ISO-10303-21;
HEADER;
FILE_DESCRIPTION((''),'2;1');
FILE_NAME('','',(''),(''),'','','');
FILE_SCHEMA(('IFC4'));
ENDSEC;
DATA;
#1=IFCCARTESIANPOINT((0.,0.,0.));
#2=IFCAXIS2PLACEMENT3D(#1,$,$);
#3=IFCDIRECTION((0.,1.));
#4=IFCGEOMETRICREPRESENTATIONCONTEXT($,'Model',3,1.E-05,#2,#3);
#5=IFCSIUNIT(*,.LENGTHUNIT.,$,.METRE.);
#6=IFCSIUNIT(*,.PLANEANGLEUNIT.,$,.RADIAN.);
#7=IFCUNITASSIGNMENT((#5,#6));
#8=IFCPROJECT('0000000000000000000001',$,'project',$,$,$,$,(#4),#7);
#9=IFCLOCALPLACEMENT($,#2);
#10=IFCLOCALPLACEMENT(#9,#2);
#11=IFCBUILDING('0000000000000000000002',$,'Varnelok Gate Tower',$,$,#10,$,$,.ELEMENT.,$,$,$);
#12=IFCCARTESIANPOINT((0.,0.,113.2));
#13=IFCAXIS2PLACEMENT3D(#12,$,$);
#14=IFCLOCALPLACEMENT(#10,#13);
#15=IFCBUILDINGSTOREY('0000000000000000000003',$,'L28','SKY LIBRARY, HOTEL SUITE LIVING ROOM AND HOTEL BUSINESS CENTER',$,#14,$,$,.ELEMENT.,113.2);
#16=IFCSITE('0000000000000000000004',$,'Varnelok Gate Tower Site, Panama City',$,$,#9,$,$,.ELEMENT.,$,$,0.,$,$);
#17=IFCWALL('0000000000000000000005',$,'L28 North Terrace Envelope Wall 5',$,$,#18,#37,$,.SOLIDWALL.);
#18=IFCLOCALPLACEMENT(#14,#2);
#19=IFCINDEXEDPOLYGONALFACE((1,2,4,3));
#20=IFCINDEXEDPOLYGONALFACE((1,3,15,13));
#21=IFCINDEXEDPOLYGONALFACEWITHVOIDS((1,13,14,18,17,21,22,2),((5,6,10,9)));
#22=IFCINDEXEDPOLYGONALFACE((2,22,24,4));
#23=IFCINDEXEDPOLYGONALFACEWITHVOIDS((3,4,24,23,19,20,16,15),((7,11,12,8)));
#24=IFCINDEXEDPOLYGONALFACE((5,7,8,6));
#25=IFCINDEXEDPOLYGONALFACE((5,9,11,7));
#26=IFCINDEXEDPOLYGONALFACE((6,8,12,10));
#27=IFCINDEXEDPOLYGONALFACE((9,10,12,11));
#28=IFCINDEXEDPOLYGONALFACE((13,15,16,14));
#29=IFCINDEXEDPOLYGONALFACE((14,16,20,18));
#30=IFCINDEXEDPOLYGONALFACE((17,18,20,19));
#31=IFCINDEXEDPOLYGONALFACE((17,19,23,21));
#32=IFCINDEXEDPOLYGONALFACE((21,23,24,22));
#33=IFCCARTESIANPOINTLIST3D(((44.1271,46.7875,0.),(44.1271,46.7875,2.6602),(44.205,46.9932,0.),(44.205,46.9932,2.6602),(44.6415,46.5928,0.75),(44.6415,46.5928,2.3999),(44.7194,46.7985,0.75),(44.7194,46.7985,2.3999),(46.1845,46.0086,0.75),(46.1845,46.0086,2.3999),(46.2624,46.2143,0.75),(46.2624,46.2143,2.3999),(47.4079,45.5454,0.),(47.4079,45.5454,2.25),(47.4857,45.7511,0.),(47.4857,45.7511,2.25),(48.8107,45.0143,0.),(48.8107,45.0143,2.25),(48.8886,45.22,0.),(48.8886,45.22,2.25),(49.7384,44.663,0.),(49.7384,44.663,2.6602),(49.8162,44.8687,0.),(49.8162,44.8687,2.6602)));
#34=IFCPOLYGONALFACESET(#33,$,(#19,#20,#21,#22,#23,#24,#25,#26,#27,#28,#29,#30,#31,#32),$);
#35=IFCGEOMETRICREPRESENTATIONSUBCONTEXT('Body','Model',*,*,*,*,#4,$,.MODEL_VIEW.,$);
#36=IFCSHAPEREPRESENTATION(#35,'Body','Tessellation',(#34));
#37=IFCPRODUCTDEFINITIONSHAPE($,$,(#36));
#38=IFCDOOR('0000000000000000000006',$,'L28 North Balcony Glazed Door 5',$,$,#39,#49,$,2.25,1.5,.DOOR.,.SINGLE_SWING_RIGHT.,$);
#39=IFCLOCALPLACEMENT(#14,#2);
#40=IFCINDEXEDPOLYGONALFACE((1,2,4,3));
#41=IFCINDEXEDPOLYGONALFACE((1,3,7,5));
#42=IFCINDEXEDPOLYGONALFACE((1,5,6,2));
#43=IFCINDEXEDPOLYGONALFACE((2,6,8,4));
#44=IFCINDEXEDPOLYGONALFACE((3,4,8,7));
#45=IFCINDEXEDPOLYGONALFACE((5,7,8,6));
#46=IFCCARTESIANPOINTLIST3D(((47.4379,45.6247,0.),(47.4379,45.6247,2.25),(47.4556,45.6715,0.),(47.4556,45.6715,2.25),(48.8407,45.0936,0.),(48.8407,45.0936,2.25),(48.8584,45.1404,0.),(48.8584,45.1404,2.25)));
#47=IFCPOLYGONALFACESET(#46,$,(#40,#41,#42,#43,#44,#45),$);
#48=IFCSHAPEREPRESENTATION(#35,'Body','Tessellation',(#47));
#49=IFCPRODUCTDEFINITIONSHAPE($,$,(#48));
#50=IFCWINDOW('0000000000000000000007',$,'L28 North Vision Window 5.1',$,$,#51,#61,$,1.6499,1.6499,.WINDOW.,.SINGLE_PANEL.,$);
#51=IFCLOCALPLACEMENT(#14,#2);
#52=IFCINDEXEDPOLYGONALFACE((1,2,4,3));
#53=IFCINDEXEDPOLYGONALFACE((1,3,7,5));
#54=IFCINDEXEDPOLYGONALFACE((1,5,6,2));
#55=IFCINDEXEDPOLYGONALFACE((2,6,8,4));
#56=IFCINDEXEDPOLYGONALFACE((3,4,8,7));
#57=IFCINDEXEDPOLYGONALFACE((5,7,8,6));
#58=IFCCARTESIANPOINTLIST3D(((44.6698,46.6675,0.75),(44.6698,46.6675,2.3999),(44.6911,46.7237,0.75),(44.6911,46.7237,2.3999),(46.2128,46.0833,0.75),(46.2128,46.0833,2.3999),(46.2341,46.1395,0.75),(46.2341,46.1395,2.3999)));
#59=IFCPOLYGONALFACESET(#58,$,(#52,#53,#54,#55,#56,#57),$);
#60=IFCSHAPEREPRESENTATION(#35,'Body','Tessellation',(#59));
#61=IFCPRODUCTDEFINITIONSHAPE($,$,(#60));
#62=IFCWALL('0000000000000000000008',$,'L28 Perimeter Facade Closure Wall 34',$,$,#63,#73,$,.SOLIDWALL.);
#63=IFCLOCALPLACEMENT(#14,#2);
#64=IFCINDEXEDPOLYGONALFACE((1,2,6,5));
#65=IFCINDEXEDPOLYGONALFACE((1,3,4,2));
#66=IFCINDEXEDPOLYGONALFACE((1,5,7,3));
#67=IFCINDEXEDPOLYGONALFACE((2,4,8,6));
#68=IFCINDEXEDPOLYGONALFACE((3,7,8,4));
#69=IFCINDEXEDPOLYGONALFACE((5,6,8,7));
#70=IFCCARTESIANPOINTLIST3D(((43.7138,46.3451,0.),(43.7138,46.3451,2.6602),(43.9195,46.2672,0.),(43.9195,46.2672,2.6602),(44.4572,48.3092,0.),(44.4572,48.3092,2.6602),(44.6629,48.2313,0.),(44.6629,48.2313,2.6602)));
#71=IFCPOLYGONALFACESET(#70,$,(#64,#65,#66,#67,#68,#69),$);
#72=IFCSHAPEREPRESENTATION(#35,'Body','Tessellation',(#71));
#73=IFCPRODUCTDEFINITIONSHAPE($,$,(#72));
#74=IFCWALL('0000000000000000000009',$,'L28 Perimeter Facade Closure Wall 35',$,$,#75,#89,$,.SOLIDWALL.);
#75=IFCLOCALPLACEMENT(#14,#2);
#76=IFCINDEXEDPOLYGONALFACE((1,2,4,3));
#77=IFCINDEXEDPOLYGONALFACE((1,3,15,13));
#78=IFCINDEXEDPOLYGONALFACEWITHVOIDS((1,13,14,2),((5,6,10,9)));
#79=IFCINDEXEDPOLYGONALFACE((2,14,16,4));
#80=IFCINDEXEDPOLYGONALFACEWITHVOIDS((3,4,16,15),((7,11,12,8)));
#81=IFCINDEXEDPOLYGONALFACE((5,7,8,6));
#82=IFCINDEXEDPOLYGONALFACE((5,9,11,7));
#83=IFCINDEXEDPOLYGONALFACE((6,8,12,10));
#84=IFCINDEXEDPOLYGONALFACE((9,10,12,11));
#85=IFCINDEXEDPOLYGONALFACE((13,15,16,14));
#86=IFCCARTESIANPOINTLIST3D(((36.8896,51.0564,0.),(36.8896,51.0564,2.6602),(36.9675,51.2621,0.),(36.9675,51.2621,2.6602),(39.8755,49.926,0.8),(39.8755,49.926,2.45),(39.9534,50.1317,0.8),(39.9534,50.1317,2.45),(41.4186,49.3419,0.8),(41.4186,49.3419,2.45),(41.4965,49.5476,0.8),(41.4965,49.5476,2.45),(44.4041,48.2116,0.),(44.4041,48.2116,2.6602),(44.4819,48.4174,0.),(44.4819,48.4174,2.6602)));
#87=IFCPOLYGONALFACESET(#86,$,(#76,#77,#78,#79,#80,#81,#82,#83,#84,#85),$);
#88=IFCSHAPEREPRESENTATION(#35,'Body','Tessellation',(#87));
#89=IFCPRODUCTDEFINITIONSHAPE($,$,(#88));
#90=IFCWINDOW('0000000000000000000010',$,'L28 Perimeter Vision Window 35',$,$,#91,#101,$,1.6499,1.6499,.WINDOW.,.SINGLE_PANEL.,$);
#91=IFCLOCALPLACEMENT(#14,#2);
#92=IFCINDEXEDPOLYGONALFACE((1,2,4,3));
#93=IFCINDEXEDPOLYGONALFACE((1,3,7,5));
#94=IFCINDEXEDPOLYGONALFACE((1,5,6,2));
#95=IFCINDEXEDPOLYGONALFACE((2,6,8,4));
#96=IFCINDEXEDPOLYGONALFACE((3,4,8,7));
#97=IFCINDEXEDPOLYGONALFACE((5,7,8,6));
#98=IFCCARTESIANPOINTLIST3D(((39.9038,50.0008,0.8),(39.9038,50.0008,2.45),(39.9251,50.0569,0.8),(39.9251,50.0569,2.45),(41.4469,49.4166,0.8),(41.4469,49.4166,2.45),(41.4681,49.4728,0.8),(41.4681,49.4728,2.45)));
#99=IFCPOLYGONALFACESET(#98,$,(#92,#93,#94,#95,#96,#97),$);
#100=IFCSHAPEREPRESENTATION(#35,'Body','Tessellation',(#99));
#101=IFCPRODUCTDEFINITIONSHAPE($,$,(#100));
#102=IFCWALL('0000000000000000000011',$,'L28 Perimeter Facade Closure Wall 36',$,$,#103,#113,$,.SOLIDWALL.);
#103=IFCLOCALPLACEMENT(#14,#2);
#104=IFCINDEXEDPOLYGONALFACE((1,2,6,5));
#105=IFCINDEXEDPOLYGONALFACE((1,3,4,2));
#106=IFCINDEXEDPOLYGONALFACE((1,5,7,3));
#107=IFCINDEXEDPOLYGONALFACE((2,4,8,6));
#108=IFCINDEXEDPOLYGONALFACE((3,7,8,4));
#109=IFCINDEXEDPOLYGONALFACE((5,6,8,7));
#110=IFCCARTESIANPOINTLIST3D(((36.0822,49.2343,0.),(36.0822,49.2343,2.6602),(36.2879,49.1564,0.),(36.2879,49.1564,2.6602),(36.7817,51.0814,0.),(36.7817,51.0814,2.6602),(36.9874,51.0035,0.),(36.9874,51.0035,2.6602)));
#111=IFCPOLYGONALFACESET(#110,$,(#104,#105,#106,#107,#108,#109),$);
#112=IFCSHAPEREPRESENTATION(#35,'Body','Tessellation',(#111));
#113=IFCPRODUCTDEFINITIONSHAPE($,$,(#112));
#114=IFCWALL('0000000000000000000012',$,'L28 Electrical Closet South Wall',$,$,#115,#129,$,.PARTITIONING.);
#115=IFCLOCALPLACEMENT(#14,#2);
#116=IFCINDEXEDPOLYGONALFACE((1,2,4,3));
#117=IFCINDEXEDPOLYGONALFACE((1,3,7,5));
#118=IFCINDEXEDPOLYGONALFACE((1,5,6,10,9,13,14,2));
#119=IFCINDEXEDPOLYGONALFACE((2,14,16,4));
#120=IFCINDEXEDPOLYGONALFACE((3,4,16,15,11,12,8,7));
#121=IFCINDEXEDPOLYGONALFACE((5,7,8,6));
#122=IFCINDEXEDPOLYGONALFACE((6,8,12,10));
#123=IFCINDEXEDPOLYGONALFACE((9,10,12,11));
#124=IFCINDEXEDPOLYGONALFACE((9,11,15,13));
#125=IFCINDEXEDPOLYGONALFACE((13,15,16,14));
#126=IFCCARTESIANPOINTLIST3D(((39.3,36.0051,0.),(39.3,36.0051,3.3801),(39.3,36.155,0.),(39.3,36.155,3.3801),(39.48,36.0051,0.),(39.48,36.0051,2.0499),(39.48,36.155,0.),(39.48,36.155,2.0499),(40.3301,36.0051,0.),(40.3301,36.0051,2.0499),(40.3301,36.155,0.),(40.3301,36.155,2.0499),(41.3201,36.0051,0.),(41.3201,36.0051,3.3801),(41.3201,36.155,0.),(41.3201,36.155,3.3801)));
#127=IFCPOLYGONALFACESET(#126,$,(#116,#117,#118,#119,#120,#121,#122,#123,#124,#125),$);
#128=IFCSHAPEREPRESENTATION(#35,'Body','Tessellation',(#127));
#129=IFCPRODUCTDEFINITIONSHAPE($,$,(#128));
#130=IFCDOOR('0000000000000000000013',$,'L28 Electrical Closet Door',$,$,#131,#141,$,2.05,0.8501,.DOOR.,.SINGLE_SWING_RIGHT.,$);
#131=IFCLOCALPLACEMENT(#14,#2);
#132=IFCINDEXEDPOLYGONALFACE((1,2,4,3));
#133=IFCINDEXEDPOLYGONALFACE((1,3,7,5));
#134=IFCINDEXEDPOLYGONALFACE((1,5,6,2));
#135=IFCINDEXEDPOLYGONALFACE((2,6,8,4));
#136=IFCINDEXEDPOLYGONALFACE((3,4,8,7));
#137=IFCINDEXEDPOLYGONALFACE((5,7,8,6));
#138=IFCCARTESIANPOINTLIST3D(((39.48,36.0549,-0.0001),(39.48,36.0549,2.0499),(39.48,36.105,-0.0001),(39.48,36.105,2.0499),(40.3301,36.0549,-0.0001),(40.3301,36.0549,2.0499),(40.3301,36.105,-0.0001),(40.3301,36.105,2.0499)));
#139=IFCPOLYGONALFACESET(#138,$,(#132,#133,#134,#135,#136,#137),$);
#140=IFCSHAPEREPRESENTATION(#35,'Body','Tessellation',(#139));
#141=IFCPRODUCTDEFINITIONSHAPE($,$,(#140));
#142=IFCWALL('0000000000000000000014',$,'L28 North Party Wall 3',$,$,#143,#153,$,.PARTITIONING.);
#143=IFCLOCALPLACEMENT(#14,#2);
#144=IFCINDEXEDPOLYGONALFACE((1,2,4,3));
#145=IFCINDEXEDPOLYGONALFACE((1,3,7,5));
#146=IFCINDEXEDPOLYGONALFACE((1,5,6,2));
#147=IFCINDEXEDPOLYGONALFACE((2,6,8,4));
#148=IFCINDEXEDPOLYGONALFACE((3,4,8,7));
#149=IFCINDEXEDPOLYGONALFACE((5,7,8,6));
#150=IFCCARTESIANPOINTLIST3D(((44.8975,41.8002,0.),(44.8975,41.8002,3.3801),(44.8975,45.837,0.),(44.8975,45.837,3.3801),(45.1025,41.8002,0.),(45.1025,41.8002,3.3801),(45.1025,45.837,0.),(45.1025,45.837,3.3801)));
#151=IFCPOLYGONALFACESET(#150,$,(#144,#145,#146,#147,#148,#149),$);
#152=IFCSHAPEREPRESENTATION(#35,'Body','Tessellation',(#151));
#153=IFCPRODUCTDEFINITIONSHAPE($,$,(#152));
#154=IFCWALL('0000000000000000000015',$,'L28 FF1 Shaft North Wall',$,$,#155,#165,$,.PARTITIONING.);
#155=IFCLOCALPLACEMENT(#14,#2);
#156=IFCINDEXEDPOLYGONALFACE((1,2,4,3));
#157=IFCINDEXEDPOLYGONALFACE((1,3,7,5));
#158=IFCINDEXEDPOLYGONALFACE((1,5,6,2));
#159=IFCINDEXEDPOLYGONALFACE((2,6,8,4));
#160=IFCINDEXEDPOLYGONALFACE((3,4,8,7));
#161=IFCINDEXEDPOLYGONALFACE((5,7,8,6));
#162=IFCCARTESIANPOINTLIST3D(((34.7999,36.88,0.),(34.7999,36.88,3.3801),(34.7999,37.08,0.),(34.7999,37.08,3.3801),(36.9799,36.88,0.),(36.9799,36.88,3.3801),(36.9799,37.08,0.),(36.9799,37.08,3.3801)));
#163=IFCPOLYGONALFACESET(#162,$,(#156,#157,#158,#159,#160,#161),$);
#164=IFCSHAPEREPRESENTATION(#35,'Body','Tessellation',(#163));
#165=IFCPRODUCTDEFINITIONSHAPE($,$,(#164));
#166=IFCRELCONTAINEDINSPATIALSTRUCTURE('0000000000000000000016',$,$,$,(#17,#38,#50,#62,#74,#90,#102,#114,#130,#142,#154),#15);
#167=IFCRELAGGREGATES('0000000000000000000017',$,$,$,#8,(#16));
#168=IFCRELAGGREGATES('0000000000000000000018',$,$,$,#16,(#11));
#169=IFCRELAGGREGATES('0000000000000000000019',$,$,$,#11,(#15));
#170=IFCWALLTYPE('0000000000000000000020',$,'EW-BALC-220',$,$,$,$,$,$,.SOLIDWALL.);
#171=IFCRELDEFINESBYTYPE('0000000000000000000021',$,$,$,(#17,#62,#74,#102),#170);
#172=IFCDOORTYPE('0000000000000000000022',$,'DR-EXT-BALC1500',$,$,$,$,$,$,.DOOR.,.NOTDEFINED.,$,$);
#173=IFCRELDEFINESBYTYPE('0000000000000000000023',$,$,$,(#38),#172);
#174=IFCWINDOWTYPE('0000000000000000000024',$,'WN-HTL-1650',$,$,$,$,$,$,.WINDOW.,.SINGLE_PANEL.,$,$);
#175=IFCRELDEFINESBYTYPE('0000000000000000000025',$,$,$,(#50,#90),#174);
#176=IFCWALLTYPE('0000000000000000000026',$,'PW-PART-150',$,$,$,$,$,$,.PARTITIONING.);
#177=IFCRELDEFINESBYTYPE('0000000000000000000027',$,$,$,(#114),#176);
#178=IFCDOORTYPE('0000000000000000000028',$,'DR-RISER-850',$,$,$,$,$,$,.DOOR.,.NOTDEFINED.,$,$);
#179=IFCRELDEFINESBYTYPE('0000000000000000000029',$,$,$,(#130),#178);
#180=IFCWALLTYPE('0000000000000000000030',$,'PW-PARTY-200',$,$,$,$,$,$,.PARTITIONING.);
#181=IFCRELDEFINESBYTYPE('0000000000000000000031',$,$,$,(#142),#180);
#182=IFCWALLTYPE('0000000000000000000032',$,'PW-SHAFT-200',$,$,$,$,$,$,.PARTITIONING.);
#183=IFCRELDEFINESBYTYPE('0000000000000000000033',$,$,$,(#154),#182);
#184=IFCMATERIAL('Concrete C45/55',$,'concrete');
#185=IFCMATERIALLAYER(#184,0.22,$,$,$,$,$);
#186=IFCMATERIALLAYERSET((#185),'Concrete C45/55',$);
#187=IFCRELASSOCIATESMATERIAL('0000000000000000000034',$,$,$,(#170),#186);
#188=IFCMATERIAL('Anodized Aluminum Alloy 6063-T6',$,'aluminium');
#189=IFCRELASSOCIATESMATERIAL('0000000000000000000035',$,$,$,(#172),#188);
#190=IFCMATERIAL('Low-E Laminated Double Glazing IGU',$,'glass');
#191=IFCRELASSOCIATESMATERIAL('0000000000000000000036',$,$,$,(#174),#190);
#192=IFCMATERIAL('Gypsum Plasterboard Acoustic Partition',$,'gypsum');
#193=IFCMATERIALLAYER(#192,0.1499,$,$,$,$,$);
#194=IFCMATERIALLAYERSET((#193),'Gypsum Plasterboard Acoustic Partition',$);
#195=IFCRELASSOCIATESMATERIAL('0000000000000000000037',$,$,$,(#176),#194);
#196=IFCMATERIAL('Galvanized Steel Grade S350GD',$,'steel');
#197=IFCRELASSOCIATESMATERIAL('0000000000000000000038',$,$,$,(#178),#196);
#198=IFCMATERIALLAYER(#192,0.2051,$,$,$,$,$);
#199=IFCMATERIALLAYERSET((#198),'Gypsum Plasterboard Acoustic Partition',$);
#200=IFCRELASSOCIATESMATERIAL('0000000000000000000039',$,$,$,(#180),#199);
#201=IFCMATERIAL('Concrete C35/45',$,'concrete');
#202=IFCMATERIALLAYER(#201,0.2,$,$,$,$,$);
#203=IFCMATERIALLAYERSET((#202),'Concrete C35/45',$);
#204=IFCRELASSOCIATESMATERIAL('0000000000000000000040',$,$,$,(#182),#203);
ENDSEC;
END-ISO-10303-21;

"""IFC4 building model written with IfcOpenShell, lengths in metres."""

from ifc_helpers import new_model, si_unit, direction, frame, frame_2d, origin, place, context, subcontext, project, spatial, rectangle, extrude, material, layer, layer_set, type_object, element, fill, save


model = new_model("IFC4")

# Units and contexts
model_context = context("Model", 3, precision=1e-05, world=origin(), true_north=direction((0.0, 1.0)))
body_context = subcontext(model_context, "Body", "Model", "MODEL_VIEW")
ifc_project = project(units=[si_unit("LENGTHUNIT", "METRE"), si_unit("PLANEANGLEUNIT", "RADIAN")], contexts=[model_context])

# Site, building, storey
site_placement = place(None, origin())
site = spatial("IfcSite", under=ifc_project, at=site_placement, Name="Varnelok Gate Tower Site, Panama City", CompositionType="ELEMENT", RefElevation=0.0)
building_placement = place(site_placement, origin())
building = spatial("IfcBuilding", under=site, at=building_placement, Name="Varnelok Gate Tower", CompositionType="ELEMENT")
storey_placement = place(building_placement, frame((0.0, 0.0, 113.2)))
storey = spatial("IfcBuildingStorey", under=building, at=storey_placement, Name="L28", Description="SKY LIBRARY, HOTEL SUITE LIVING ROOM AND HOTEL BUSINESS CENTER", CompositionType="ELEMENT", Elevation=113.2)

# Wall, openings, door, window
ifc_material_1 = material(Name="Concrete C45/55", Category="concrete")
ifc_layer_1 = layer(ifc_material_1, 0.22)
ifc_layer_set_1 = layer_set([ifc_layer_1], Name="Concrete C45/55")
wall_type_1 = type_object("IfcWallType", Name="EW-BALC-220", PredefinedType="SOLIDWALL", material=ifc_layer_set_1)
wall_1_placement = place(storey_placement, frame((44.166, 46.8904, 0.0), z_axis=(0.0, 0.0, 1.0), x_axis=(0.935214, -0.354083, 0.0)))
wall_1 = element("IfcWall", 1, at=wall_1_placement, inside=storey, type_object=wall_type_1, Name="L28 North Terrace Envelope Wall 5", PredefinedType="SOLIDWALL", context=body_context, shape_type="SweptSolid", body=[
    extrude(rectangle(XDim=6.0, YDim=0.22, at=frame_2d((3.0, 0.0))), origin(), (0.0, 0.0, 1.0), 2.6602),
])
opening_1_placement = place(wall_1_placement, frame((3.5081, 0.0, 0.0)))
opening_1 = element("IfcOpeningElement", 2, at=opening_1_placement, cuts=wall_1, PredefinedType="OPENING", context=body_context, shape_type="SweptSolid", body=[
    extrude(rectangle(XDim=1.5, YDim=2.25, at=frame_2d((0.75, 1.125))), frame((0.0, 0.1199, 0.0), z_axis=(0.0, -1.0, 0.0), x_axis=(1.0, 0.0, 0.0)), (0.0, 0.0, 1.0), 0.24),
])
opening_2_placement = place(wall_1_placement, frame((0.55, 0.0, 0.75)))
opening_2 = element("IfcOpeningElement", 3, at=opening_2_placement, cuts=wall_1, PredefinedType="OPENING", context=body_context, shape_type="SweptSolid", body=[
    extrude(rectangle(XDim=1.6499, YDim=1.6499, at=frame_2d((0.825, 0.825))), frame((0.0, 0.1199, 0.0), z_axis=(0.0, -1.0, 0.0), x_axis=(1.0, 0.0, 0.0)), (0.0, 0.0, 1.0), 0.24),
])
ifc_material_2 = material(Name="Anodized Aluminum Alloy 6063-T6", Category="aluminium")
door_type_1 = type_object("IfcDoorType", Name="DR-EXT-BALC1500", OperationType="NOTDEFINED", PredefinedType="DOOR", material=ifc_material_2)
door_1_placement = place(opening_1_placement, origin())
door_1 = element("IfcDoor", 4, at=door_1_placement, inside=storey, type_object=door_type_1, Name="L28 North Balcony Glazed Door 5", OperationType="SINGLE_SWING_RIGHT", OverallHeight=2.25, OverallWidth=1.5, PredefinedType="DOOR", context=body_context, shape_type="SweptSolid", body=[
    extrude(rectangle(XDim=1.5, YDim=2.25, at=frame_2d((0.75, 1.125))), frame((0.0, 0.0249, 0.0), z_axis=(0.0, -1.0, 0.0), x_axis=(1.0, 0.0, 0.0)), (0.0, 0.0, 1.0), 0.05),
])
fill(opening_1, door_1)
ifc_material_3 = material(Name="Low-E Laminated Double Glazing IGU", Category="glass")
window_type = type_object("IfcWindowType", Name="WN-HTL-1650", PartitioningType="SINGLE_PANEL", PredefinedType="WINDOW", material=ifc_material_3)
window_1_placement = place(opening_2_placement, origin())
window_1 = element("IfcWindow", 5, at=window_1_placement, inside=storey, type_object=window_type, Name="L28 North Vision Window 5.1", OverallHeight=1.6499, OverallWidth=1.6499, PartitioningType="SINGLE_PANEL", PredefinedType="WINDOW", context=body_context, shape_type="SweptSolid", body=[
    extrude(rectangle(XDim=1.6499, YDim=1.6499, at=frame_2d((0.825, 0.825))), frame((0.0, 0.03, 0.0), z_axis=(0.0, -1.0, 0.0), x_axis=(1.0, 0.0, 0.0)), (0.0, 0.0, 1.0), 0.0601),
])
fill(opening_2, window_1)

# Wall
wall_2_placement = place(storey_placement, frame((43.8167, 46.3062, 0.0), z_axis=(0.0, 0.0, 1.0), x_axis=(0.353988, 0.93525, 0.0)))
element("IfcWall", 6, at=wall_2_placement, inside=storey, type_object=wall_type_1, Name="L28 Perimeter Facade Closure Wall 34", PredefinedType="SOLIDWALL", context=body_context, shape_type="SweptSolid", body=[
    extrude(rectangle(XDim=2.1001, YDim=0.22, at=frame_2d((1.05, 0.0))), origin(), (0.0, 0.0, 1.0), 2.6602),
])

# Wall, opening, window
wall_3_placement = place(storey_placement, frame((44.4431, 48.3145, 0.0), z_axis=(0.0, 0.0, 1.0), x_axis=(-0.935227, 0.354049, 0.0)))
wall_3 = element("IfcWall", 7, at=wall_3_placement, inside=storey, type_object=wall_type_1, Name="L28 Perimeter Facade Closure Wall 35", PredefinedType="SOLIDWALL", context=body_context, shape_type="SweptSolid", body=[
    extrude(rectangle(XDim=8.0349, YDim=0.22, at=frame_2d((4.0176, 0.0))), origin(), (0.0, 0.0, 1.0), 2.6602),
])
opening_3_placement = place(wall_3_placement, frame((3.1924, 0.0, 0.8)))
opening_3 = element("IfcOpeningElement", 8, at=opening_3_placement, cuts=wall_3, PredefinedType="OPENING", context=body_context, shape_type="SweptSolid", body=[
    extrude(rectangle(XDim=1.6499, YDim=1.6499, at=frame_2d((0.825, 0.825))), frame((0.0, 0.1199, 0.0), z_axis=(0.0, -1.0, 0.0), x_axis=(1.0, 0.0, 0.0)), (0.0, 0.0, 1.0), 0.24),
])
window_2_placement = place(opening_3_placement, origin())
window_2 = element("IfcWindow", 9, at=window_2_placement, inside=storey, type_object=window_type, Name="L28 Perimeter Vision Window 35", OverallHeight=1.6499, OverallWidth=1.6499, PartitioningType="SINGLE_PANEL", PredefinedType="WINDOW", context=body_context, shape_type="SweptSolid", body=[
    extrude(rectangle(XDim=1.6499, YDim=1.6499, at=frame_2d((0.825, 0.825))), frame((0.0, 0.03, 0.0), z_axis=(0.0, -1.0, 0.0), x_axis=(1.0, 0.0, 0.0)), (0.0, 0.0, 1.0), 0.0601),
])
fill(opening_3, window_2)

# Wall
wall_4_placement = place(storey_placement, frame((36.8845, 51.0425, 0.0), z_axis=(0.0, 0.0, 1.0), x_axis=(-0.354129, -0.935197, 0.0)))
element("IfcWall", 10, at=wall_4_placement, inside=storey, type_object=wall_type_1, Name="L28 Perimeter Facade Closure Wall 36", PredefinedType="SOLIDWALL", context=body_context, shape_type="SweptSolid", body=[
    extrude(rectangle(XDim=1.9751, YDim=0.22, at=frame_2d((0.9875, 0.0))), origin(), (0.0, 0.0, 1.0), 2.6602),
])

# Wall, opening, door
ifc_material_4 = material(Name="Gypsum Plasterboard Acoustic Partition", Category="gypsum")
ifc_layer_2 = layer(ifc_material_4, 0.1499)
ifc_layer_set_2 = layer_set([ifc_layer_2], Name="Gypsum Plasterboard Acoustic Partition")
wall_type_2 = type_object("IfcWallType", Name="PW-PART-150", PredefinedType="PARTITIONING", material=ifc_layer_set_2)
wall_5_placement = place(storey_placement, frame((39.3, 36.0801, 0.0), z_axis=(0.0, 0.0, 1.0), x_axis=(1.0, 0.0, 0.0)))
wall_5 = element("IfcWall", 11, at=wall_5_placement, inside=storey, type_object=wall_type_2, Name="L28 Electrical Closet South Wall", PredefinedType="PARTITIONING", context=body_context, shape_type="SweptSolid", body=[
    extrude(rectangle(XDim=2.02, YDim=0.1499, at=frame_2d((1.01, 0.0))), origin(), (0.0, 0.0, 1.0), 3.3801),
])
opening_4_placement = place(wall_5_placement, frame((0.1799, 0.0, 0.0)))
opening_4 = element("IfcOpeningElement", 12, at=opening_4_placement, cuts=wall_5, PredefinedType="OPENING", context=body_context, shape_type="SweptSolid", body=[
    extrude(rectangle(XDim=0.8501, YDim=2.05, at=frame_2d((0.425, 1.0249))), frame((0.0, 0.085, 0.0), z_axis=(0.0, -1.0, 0.0), x_axis=(1.0, 0.0, 0.0)), (0.0, 0.0, 1.0), 0.1699),
])
ifc_material_5 = material(Name="Galvanized Steel Grade S350GD", Category="steel")
door_type_2 = type_object("IfcDoorType", Name="DR-RISER-850", OperationType="NOTDEFINED", PredefinedType="DOOR", material=ifc_material_5)
door_2_placement = place(opening_4_placement, origin())
door_2 = element("IfcDoor", 13, at=door_2_placement, inside=storey, type_object=door_type_2, Name="L28 Electrical Closet Door", OperationType="SINGLE_SWING_RIGHT", OverallHeight=2.05, OverallWidth=0.8501, PredefinedType="DOOR", context=body_context, shape_type="SweptSolid", body=[
    extrude(rectangle(XDim=0.8501, YDim=2.05, at=frame_2d((0.425, 1.0249))), frame((0.0, 0.0249, 0.0), z_axis=(0.0, -1.0, 0.0), x_axis=(1.0, 0.0, 0.0)), (0.0, 0.0, 1.0), 0.05),
])
fill(opening_4, door_2)

# Walls
ifc_layer_3 = layer(ifc_material_4, 0.2051)
ifc_layer_set_3 = layer_set([ifc_layer_3], Name="Gypsum Plasterboard Acoustic Partition")
wall_type_3 = type_object("IfcWallType", Name="PW-PARTY-200", PredefinedType="PARTITIONING", material=ifc_layer_set_3)
wall_6_placement = place(storey_placement, frame((45.0, 41.8, 0.0), z_axis=(0.0, 0.0, 1.0), x_axis=(0.0, 1.0, 0.0)))
element("IfcWall", 14, at=wall_6_placement, inside=storey, type_object=wall_type_3, Name="L28 North Party Wall 3", PredefinedType="PARTITIONING", context=body_context, shape_type="SweptSolid", body=[
    extrude(rectangle(XDim=4.0369, YDim=0.2051, at=frame_2d((2.0186, 0.0))), origin(), (0.0, 0.0, 1.0), 3.3801),
])
ifc_material_6 = material(Name="Concrete C35/45", Category="concrete")
ifc_layer_4 = layer(ifc_material_6, 0.2)
ifc_layer_set_4 = layer_set([ifc_layer_4], Name="Concrete C35/45")
wall_type_4 = type_object("IfcWallType", Name="PW-SHAFT-200", PredefinedType="PARTITIONING", material=ifc_layer_set_4)
wall_7_placement = place(storey_placement, frame((34.8, 36.98, 0.0), z_axis=(0.0, 0.0, 1.0), x_axis=(1.0, 0.0, 0.0)))
element("IfcWall", 15, at=wall_7_placement, inside=storey, type_object=wall_type_4, Name="L28 FF1 Shaft North Wall", PredefinedType="PARTITIONING", context=body_context, shape_type="SweptSolid", body=[
    extrude(rectangle(XDim=2.1799, YDim=0.2, at=frame_2d((1.0898, 0.0))), origin(), (0.0, 0.0, 1.0), 3.3801),
])

save(model, "model.ifc")
